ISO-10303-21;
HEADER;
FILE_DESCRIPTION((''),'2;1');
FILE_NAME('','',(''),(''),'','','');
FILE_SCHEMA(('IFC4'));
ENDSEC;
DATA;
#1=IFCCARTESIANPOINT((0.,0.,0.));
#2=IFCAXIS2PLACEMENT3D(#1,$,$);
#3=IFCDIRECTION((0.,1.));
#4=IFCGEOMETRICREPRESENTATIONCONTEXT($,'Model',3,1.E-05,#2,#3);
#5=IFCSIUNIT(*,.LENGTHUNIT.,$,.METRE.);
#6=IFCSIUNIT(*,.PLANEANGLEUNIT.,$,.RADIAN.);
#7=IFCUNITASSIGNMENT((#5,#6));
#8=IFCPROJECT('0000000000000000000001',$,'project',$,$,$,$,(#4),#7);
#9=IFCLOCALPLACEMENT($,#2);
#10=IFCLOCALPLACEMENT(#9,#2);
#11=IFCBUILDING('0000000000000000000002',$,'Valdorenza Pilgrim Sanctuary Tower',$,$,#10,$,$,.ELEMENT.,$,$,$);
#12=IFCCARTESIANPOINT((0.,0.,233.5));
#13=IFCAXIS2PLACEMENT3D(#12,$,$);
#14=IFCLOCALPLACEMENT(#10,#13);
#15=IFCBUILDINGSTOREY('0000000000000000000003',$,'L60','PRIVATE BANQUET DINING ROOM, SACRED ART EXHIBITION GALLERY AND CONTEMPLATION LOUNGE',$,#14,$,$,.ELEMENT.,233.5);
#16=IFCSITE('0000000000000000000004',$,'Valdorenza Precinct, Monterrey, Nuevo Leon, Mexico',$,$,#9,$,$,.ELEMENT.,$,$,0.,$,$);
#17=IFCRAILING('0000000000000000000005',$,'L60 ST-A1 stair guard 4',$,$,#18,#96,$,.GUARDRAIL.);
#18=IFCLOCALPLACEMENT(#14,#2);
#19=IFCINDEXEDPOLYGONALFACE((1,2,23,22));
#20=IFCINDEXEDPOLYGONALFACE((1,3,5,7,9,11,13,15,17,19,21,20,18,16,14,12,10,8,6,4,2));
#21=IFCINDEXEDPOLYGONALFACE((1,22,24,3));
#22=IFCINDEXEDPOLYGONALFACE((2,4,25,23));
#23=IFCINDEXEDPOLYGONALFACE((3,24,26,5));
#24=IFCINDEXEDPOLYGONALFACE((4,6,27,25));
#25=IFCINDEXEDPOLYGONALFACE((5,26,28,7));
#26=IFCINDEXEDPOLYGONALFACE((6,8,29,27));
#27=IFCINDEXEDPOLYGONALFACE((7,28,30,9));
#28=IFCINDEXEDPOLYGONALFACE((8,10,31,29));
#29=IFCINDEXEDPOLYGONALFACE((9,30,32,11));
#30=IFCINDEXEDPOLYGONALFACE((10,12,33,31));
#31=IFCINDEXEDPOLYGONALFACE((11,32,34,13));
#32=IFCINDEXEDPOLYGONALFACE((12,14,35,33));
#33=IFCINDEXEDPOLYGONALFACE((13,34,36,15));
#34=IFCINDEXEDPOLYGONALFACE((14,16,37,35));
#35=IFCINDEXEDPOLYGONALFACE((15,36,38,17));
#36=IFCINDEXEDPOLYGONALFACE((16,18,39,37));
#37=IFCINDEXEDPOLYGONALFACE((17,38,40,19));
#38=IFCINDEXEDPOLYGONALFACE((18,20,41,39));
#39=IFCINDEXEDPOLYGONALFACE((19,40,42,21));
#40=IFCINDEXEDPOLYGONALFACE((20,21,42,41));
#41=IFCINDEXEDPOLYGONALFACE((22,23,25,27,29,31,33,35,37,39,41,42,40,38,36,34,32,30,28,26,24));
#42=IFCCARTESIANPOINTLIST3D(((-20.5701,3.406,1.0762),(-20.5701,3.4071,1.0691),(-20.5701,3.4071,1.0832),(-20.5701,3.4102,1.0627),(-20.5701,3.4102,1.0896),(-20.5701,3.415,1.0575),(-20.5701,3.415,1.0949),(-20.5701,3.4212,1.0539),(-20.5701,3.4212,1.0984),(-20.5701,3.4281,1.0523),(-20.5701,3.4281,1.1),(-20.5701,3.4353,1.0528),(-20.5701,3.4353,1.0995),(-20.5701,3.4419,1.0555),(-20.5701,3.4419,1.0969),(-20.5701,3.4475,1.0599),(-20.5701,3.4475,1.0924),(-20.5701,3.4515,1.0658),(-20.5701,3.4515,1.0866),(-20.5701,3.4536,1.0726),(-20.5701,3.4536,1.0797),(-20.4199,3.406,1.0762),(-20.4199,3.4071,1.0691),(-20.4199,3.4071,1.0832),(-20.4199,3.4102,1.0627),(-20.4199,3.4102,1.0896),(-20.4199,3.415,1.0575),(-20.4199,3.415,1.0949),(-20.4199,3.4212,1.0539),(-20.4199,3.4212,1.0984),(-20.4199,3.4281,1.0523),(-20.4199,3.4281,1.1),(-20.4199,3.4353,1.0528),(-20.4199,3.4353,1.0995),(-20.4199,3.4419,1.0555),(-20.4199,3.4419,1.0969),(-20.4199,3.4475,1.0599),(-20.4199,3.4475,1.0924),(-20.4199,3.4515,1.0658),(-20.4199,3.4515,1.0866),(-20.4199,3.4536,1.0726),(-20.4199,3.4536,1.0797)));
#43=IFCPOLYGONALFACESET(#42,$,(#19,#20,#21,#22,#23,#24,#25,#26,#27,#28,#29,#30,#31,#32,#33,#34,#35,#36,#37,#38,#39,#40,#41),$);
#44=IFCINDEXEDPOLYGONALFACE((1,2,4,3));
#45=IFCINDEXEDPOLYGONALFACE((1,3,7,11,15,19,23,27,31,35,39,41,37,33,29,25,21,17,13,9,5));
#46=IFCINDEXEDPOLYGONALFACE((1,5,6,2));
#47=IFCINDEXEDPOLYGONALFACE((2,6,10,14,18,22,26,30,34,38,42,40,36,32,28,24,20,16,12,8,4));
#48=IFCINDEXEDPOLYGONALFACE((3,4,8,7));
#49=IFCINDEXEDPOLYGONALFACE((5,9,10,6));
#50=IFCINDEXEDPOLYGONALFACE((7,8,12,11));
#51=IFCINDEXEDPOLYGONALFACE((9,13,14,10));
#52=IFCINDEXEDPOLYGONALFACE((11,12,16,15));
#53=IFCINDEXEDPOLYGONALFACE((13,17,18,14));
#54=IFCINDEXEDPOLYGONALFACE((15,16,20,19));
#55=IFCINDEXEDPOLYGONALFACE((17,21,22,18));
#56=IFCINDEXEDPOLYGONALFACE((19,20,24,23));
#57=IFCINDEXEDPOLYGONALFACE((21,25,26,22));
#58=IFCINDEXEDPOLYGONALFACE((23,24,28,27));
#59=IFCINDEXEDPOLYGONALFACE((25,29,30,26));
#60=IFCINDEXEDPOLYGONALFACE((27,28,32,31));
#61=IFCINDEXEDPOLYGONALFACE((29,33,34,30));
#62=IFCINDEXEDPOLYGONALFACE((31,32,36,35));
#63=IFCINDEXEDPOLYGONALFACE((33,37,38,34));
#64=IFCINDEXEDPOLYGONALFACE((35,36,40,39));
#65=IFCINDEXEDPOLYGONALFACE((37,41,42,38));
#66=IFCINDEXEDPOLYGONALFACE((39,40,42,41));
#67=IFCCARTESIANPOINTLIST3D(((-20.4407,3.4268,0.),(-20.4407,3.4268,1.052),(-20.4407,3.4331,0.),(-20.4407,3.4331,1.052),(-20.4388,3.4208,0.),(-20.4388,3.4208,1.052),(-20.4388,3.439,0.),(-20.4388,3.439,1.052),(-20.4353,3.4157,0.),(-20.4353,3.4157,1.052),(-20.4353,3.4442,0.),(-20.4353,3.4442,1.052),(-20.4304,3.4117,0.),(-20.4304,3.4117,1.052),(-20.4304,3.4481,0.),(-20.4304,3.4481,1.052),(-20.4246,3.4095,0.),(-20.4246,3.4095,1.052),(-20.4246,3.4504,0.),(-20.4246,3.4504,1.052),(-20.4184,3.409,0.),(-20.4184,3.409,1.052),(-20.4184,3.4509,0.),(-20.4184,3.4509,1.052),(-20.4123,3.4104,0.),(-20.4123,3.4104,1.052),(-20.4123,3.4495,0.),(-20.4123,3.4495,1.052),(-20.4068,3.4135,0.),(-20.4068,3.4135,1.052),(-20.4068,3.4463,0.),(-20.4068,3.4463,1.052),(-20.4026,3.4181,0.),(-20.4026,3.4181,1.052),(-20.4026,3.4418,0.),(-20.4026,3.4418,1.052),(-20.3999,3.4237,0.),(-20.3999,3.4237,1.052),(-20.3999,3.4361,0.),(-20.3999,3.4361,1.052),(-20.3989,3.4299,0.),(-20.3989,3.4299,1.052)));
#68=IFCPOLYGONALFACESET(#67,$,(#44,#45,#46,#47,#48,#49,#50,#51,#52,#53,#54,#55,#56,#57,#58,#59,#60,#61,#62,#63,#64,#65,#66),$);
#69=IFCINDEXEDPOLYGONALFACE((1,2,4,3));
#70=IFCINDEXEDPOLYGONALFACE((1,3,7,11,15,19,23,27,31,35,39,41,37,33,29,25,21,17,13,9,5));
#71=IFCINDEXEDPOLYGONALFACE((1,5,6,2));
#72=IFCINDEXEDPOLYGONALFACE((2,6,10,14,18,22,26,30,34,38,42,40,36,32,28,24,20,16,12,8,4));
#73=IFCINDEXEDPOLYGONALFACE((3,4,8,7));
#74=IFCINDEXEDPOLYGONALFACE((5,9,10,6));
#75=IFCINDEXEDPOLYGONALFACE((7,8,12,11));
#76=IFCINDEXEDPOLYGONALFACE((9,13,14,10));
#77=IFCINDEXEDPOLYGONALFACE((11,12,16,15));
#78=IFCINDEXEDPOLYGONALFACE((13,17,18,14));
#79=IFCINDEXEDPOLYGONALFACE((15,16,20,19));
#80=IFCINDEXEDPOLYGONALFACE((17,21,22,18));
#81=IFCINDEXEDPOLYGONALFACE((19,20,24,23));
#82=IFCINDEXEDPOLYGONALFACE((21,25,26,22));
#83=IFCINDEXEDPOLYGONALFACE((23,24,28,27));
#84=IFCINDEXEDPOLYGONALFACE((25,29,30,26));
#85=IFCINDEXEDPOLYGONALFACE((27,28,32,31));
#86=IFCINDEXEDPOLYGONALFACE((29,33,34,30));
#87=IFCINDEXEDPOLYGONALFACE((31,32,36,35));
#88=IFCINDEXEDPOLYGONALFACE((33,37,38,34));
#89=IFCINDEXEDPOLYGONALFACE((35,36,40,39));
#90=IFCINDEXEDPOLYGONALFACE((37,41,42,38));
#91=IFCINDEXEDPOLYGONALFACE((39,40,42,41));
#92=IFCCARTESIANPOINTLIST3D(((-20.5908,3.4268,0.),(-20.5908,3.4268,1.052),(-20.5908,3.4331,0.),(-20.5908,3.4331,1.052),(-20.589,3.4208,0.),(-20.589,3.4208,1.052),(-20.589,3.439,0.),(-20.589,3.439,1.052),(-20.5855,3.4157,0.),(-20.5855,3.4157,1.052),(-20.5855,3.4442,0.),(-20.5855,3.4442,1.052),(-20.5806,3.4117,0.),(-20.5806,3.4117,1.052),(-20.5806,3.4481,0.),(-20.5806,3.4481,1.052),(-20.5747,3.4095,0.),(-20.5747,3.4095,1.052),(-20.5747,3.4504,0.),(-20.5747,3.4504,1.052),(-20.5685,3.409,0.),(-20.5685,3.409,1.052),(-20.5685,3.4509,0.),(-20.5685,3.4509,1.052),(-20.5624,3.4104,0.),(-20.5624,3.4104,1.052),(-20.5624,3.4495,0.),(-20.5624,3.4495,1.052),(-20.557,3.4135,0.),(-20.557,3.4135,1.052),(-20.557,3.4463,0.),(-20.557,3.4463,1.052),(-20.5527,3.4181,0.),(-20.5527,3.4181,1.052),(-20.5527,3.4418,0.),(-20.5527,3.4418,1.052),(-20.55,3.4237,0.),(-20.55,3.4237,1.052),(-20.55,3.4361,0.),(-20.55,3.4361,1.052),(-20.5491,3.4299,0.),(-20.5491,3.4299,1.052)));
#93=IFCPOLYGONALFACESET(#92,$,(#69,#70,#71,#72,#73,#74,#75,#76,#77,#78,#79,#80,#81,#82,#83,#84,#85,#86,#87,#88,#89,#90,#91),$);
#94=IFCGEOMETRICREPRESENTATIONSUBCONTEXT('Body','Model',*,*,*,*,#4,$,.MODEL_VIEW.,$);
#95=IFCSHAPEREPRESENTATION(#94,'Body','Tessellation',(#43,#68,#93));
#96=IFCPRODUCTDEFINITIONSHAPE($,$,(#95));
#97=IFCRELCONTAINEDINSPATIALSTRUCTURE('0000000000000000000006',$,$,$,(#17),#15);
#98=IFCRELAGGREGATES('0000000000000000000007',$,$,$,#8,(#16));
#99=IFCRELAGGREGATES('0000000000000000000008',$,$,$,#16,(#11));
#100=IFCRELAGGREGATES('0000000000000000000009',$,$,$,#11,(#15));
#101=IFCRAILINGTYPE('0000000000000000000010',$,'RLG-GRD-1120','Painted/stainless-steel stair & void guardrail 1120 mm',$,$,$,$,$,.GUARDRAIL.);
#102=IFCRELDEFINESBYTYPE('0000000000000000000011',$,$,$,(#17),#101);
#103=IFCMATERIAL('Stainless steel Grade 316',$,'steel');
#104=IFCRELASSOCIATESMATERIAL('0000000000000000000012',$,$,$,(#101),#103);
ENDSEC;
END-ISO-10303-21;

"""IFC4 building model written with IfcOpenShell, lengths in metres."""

from ifc_helpers import new_model, si_unit, direction, frame, origin, origin_2d, place, context, subcontext, project, spatial, circle, extrude, material, type_object, element, save


model = new_model("IFC4")

# Units and contexts
model_context = context("Model", 3, precision=1e-05, world=origin(), true_north=direction((0.0, 1.0)))
body_context = subcontext(model_context, "Body", "Model", "MODEL_VIEW")
ifc_project = project(units=[si_unit("LENGTHUNIT", "METRE"), si_unit("PLANEANGLEUNIT", "RADIAN")], contexts=[model_context])

# Site, building, storey
site_placement = place(None, origin())
site = spatial("IfcSite", under=ifc_project, at=site_placement, Name="Valdorenza Precinct, Monterrey, Nuevo Leon, Mexico", CompositionType="ELEMENT", RefElevation=0.0)
building_placement = place(site_placement, origin())
building = spatial("IfcBuilding", under=site, at=building_placement, Name="Valdorenza Pilgrim Sanctuary Tower", CompositionType="ELEMENT")
storey_placement = place(building_placement, frame((0.0, 0.0, 233.5)))
storey = spatial("IfcBuildingStorey", under=building, at=storey_placement, Name="L60", Description="PRIVATE BANQUET DINING ROOM, SACRED ART EXHIBITION GALLERY AND CONTEMPLATION LOUNGE", CompositionType="ELEMENT", Elevation=233.5)

# Railing
ifc_material_1 = material(Name="Stainless steel Grade 316", Category="steel")
railing_type_1 = type_object("IfcRailingType", Name="RLG-GRD-1120", Description="Painted/stainless-steel stair & void guardrail 1120 mm", PredefinedType="GUARDRAIL", material=ifc_material_1)
railing_1_placement = place(storey_placement, frame((-20.4199, 3.4299, 0.0)))
element("IfcRailing", 1, at=railing_1_placement, inside=storey, type_object=railing_type_1, Name="L60 ST-A1 stair guard 4", PredefinedType="GUARDRAIL", context=body_context, shape_type="SweptSolid", body=[
    extrude(circle(Radius=0.0239, at=origin_2d()), frame((0.0, 0.0, 1.0762), z_axis=(-1.0, 0.0, 0.0), x_axis=(0.0, -1.0, 0.0)), (0.0, 0.0, 1.0), 0.1501),
    extrude(circle(Radius=0.021, at=origin_2d()), origin(), (0.0, 0.0, 1.0), 1.052),
    extrude(circle(Radius=0.021, at=origin_2d()), frame((-0.1501, 0.0, 0.0)), (0.0, 0.0, 1.0), 1.052),
])

save(model, "model.ifc")
